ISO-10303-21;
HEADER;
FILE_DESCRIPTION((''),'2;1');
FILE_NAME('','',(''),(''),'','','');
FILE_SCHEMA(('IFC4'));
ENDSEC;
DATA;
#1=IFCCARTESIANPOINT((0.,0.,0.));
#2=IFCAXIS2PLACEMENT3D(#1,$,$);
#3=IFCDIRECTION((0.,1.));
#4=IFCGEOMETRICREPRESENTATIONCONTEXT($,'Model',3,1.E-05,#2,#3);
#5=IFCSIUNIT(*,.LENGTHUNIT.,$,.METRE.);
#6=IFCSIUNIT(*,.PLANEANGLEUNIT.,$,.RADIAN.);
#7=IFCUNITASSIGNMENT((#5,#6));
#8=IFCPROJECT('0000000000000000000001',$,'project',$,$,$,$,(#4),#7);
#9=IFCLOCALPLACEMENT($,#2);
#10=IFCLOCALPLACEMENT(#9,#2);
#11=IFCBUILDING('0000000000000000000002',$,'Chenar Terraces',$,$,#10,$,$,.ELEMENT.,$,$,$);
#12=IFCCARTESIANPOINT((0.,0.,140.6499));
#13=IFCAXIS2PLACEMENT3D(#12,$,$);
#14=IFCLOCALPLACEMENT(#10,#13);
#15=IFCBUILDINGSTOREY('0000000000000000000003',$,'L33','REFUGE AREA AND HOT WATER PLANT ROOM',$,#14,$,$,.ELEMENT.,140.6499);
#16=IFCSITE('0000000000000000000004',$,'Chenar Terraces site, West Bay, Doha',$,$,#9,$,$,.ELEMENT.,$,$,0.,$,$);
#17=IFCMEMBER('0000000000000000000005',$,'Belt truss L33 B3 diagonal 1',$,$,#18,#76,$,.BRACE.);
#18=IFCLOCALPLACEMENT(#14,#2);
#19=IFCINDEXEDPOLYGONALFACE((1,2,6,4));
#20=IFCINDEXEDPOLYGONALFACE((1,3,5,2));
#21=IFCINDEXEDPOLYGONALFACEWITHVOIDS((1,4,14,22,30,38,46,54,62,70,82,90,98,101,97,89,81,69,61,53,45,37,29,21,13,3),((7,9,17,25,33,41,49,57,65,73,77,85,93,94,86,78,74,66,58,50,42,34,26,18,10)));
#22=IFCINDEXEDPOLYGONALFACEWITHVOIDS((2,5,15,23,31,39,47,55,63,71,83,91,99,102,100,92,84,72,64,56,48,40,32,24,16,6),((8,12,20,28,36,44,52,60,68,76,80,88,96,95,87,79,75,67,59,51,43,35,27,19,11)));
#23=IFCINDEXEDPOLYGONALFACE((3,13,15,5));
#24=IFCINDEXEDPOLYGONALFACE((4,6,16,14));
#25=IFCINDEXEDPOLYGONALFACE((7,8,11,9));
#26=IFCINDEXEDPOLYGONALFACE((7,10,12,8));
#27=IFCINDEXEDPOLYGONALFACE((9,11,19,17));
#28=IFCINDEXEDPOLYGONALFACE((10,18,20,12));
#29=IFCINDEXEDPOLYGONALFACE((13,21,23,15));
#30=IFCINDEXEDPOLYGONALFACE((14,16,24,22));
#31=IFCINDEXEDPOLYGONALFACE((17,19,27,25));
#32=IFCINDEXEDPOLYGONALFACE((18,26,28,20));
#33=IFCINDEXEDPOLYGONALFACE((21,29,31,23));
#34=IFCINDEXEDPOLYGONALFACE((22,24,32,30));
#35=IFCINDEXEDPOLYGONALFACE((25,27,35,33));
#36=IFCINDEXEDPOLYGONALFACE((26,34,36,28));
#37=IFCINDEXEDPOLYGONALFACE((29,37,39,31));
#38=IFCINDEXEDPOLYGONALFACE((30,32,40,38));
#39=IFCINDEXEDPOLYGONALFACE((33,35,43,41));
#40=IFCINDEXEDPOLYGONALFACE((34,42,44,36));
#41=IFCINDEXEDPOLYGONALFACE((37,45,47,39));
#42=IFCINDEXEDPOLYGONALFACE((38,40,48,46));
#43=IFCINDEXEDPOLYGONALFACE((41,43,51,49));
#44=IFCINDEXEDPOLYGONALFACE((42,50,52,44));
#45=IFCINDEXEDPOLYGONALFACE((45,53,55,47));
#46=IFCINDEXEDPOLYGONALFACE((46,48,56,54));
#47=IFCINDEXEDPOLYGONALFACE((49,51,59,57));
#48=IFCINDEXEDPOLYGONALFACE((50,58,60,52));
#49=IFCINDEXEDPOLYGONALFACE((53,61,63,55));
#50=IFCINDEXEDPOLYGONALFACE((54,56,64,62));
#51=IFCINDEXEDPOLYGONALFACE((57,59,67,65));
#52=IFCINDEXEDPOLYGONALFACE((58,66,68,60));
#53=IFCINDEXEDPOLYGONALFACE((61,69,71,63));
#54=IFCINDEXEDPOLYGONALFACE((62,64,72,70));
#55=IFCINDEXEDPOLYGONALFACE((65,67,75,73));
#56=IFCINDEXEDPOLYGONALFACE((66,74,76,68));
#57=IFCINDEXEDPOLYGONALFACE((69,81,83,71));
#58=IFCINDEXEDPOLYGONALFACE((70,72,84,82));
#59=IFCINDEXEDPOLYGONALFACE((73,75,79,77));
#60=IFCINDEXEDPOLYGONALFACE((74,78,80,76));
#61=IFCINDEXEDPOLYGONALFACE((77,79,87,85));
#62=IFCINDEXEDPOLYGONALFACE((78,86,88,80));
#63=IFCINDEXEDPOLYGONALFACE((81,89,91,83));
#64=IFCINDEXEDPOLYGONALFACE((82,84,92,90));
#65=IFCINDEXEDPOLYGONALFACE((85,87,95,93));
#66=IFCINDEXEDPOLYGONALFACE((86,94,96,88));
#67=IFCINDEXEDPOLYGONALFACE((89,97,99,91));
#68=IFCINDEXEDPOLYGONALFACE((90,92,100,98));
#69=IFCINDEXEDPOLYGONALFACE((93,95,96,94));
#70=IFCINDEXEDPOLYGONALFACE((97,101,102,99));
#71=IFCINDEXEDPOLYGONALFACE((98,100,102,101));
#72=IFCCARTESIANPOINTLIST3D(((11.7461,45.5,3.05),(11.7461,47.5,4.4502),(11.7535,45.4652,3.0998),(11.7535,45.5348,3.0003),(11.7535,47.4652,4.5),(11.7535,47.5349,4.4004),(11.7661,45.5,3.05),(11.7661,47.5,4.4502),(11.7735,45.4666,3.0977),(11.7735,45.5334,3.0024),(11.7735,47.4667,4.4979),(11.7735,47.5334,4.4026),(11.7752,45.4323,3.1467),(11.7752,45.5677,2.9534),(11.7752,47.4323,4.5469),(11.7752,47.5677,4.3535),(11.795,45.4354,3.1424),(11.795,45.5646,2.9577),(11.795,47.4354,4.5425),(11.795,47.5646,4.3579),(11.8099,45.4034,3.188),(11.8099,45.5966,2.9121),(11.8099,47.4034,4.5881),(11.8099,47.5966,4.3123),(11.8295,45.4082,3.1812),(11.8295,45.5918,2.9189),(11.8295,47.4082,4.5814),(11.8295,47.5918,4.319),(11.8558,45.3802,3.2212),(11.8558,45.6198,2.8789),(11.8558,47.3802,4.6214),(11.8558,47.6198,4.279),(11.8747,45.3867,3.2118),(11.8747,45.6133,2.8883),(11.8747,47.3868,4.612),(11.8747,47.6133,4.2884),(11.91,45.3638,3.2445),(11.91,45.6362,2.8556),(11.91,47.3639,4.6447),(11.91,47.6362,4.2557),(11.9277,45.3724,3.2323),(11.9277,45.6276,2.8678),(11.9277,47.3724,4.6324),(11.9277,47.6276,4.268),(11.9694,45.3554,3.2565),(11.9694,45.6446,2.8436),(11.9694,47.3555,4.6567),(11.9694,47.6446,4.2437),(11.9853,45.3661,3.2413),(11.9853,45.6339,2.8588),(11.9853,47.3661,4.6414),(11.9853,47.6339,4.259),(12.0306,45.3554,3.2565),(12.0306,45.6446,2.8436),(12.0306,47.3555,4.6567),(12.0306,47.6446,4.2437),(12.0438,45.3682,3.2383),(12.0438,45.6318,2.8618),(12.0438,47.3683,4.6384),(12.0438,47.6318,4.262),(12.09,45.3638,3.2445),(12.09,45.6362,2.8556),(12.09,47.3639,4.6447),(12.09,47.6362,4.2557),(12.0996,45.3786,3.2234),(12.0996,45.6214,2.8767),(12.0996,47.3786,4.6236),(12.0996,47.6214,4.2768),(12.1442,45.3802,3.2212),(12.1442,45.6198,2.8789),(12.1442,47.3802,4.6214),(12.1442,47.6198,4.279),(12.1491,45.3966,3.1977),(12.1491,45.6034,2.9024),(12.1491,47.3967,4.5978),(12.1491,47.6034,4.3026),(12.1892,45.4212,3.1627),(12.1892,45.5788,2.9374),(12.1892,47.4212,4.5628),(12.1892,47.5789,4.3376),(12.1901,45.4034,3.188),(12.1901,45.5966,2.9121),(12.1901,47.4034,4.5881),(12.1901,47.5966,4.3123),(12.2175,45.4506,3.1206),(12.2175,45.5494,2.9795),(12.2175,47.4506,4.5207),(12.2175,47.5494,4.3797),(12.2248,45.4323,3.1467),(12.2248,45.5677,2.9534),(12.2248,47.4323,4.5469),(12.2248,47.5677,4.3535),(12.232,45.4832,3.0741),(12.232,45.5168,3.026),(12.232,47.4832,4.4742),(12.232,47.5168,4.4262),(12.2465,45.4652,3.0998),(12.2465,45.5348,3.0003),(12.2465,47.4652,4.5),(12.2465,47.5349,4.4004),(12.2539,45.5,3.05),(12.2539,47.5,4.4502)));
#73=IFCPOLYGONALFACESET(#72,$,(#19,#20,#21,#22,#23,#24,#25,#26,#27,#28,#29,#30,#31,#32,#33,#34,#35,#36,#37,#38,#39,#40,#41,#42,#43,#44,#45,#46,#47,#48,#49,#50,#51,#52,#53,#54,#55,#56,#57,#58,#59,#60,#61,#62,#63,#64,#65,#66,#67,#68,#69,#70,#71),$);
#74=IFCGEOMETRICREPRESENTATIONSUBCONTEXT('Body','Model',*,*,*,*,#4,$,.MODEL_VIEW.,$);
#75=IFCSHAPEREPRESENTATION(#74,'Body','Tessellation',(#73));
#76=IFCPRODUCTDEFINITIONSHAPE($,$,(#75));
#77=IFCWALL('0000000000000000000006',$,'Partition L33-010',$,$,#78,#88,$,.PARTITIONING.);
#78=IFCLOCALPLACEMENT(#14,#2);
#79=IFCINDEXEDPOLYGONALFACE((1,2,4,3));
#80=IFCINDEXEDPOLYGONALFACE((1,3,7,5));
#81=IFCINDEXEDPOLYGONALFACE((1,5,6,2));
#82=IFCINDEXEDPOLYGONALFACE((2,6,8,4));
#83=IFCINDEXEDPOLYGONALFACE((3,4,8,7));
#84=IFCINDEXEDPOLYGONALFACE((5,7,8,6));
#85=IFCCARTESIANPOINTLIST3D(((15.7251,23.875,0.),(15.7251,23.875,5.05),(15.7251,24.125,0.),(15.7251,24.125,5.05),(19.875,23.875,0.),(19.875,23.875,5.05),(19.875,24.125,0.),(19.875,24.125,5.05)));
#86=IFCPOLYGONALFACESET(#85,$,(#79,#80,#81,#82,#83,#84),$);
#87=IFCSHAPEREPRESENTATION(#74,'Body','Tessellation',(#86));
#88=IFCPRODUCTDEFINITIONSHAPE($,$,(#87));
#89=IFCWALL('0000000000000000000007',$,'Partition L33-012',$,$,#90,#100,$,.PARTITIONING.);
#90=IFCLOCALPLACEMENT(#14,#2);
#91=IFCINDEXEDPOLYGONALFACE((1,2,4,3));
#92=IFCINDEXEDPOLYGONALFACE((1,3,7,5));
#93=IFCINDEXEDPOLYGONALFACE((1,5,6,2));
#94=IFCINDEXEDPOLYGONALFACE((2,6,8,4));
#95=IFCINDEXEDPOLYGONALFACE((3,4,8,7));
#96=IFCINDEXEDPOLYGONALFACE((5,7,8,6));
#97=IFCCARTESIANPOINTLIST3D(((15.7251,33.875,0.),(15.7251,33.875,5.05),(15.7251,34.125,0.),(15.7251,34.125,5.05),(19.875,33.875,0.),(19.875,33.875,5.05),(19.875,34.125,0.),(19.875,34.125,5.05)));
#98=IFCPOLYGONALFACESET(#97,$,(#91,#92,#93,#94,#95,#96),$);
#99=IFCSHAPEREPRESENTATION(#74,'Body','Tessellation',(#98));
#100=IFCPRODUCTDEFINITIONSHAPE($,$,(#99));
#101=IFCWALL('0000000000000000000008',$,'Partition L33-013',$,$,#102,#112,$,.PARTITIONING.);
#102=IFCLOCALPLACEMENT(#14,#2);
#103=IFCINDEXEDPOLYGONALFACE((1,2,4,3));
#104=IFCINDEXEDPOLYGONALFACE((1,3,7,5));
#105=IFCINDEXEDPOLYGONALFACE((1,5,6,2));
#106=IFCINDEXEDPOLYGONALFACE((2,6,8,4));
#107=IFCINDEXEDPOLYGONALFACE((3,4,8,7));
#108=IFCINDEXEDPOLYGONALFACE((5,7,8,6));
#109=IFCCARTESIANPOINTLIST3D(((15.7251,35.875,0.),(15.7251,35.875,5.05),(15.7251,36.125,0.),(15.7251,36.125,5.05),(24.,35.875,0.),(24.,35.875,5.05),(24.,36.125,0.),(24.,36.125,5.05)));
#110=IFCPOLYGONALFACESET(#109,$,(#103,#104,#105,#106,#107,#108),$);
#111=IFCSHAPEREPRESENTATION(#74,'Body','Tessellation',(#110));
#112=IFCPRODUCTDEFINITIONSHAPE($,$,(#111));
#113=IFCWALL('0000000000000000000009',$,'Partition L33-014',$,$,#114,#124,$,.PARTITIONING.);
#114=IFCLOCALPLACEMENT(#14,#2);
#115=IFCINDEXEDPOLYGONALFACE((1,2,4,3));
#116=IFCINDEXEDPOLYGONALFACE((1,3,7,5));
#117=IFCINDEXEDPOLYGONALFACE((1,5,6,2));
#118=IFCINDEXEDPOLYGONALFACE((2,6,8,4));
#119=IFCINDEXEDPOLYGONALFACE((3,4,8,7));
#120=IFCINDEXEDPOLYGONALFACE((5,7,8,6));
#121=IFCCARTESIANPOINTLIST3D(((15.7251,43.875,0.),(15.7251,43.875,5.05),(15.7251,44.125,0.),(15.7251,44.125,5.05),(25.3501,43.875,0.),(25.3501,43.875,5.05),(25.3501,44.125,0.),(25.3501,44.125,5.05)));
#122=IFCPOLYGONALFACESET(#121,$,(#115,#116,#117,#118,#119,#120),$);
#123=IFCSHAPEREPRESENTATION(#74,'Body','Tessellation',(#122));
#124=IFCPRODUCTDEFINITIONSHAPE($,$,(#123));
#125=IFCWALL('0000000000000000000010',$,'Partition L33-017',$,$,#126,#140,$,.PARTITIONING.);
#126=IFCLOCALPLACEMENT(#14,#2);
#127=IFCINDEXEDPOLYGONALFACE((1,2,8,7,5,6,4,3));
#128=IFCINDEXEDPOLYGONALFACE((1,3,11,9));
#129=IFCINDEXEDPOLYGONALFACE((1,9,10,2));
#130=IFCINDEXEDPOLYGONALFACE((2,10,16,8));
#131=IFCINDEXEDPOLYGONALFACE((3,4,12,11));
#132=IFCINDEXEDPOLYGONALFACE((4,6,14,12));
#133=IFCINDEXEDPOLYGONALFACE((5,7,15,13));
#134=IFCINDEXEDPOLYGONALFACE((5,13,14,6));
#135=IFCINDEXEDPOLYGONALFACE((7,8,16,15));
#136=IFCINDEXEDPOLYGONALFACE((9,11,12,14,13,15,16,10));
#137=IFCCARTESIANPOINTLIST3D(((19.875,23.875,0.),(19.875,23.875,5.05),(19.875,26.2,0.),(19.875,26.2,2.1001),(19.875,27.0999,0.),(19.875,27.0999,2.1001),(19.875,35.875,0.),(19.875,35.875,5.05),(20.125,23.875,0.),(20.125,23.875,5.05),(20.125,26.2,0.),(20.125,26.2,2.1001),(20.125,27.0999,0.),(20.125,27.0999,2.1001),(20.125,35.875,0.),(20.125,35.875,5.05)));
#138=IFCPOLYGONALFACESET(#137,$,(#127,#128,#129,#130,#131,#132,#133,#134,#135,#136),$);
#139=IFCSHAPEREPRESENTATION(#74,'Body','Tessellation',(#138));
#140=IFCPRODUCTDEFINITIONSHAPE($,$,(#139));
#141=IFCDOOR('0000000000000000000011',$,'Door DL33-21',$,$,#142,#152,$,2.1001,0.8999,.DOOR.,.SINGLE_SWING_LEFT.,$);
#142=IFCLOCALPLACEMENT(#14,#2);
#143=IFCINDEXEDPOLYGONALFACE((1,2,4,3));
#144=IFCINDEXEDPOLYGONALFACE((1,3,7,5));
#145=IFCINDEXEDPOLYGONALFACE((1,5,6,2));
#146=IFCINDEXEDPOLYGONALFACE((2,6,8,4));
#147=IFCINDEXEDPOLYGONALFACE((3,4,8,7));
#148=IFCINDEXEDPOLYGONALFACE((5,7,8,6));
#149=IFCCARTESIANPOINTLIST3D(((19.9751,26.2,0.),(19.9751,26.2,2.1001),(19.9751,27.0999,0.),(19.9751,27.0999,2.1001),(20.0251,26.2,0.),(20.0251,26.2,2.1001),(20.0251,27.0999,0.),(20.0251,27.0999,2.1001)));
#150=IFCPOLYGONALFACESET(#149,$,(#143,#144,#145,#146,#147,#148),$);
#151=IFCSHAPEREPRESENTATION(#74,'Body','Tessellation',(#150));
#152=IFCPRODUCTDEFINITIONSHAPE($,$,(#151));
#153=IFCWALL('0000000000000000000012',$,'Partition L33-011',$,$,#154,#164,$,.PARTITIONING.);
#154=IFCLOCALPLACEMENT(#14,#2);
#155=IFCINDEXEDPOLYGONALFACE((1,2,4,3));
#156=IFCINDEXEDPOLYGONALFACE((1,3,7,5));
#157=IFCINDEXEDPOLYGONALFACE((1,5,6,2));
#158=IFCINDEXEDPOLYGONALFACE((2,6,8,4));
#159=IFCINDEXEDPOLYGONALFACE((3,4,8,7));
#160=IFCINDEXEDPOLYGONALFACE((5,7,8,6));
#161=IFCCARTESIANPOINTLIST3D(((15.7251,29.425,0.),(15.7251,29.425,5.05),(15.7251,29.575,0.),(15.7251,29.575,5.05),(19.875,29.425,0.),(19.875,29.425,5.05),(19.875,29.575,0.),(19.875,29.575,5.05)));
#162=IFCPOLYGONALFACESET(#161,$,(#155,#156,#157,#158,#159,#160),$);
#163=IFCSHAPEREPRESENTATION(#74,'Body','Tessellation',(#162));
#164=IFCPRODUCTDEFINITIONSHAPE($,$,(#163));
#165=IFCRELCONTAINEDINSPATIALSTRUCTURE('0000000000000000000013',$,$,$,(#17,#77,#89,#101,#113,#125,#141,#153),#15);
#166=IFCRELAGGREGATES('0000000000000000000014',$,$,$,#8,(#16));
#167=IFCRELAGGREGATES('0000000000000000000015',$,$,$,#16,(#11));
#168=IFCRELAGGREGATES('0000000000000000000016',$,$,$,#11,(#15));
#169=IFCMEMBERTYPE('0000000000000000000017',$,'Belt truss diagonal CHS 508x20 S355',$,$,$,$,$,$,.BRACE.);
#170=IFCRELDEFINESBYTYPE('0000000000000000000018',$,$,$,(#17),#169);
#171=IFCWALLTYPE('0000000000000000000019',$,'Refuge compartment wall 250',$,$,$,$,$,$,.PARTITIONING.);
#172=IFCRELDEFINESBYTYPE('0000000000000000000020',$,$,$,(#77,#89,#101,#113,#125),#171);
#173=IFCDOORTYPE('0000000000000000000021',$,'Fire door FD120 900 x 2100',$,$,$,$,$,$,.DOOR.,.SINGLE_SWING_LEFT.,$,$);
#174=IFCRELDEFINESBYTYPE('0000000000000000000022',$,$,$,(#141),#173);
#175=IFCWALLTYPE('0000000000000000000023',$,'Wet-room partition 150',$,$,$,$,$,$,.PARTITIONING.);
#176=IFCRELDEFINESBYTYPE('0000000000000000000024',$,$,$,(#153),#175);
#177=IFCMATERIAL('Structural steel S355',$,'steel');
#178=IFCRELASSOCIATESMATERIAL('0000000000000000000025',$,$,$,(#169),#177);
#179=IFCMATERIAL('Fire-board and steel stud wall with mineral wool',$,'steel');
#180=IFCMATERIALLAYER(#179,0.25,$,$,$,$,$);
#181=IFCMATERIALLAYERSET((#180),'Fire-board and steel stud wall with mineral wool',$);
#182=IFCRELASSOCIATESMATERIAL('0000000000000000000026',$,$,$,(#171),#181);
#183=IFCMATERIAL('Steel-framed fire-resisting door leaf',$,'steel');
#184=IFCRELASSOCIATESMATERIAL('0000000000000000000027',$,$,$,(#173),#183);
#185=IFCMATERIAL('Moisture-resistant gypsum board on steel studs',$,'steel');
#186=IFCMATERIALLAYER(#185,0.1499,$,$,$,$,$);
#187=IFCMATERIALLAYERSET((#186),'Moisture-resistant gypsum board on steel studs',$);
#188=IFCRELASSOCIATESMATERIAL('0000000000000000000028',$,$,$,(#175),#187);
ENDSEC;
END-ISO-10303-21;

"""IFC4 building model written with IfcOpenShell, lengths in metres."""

from ifc_helpers import new_model, si_unit, direction, frame, frame_2d, origin, origin_2d, place, context, subcontext, project, spatial, rectangle, hollow_circle, extrude, material, layer, layer_set, material_profile, profile_set, type_object, element, fill, save


model = new_model("IFC4")

# Units and contexts
model_context = context("Model", 3, precision=1e-05, world=origin(), true_north=direction((0.0, 1.0)))
body_context = subcontext(model_context, "Body", "Model", "MODEL_VIEW")
ifc_project = project(units=[si_unit("LENGTHUNIT", "METRE"), si_unit("PLANEANGLEUNIT", "RADIAN")], contexts=[model_context])

# Site, building, storey
site_placement = place(None, origin())
site = spatial("IfcSite", under=ifc_project, at=site_placement, Name="Chenar Terraces site, West Bay, Doha", CompositionType="ELEMENT", RefElevation=0.0)
building_placement = place(site_placement, origin())
building = spatial("IfcBuilding", under=site, at=building_placement, Name="Chenar Terraces", CompositionType="ELEMENT")
storey_placement = place(building_placement, frame((0.0, 0.0, 140.6499)))
storey = spatial("IfcBuildingStorey", under=building, at=storey_placement, Name="L33", Description="REFUGE AREA AND HOT WATER PLANT ROOM", CompositionType="ELEMENT", Elevation=140.6499)

# Member
ifc_material_1 = material(Name="Structural steel S355", Category="steel")
ifc_material_profile_1 = material_profile(ifc_material_1, hollow_circle(Radius=0.2539, WallThickness=0.02, at=origin_2d()), Name="CHS 508x20")
ifc_profile_set_1 = profile_set([ifc_material_profile_1], Name="Structural steel S355")
member_type = type_object("IfcMemberType", Name="Belt truss diagonal CHS 508x20 S355", PredefinedType="BRACE", material=ifc_profile_set_1)
for number, where, z_axis, x_axis, name in (
    (1, (12.0, 45.5, 3.05), (0.0, 0.819204, 0.573503), (-1.0, 0.0, 0.0), "Belt truss L33 B3 diagonal 1"),
):
    element("IfcMember", number, at=place(storey_placement, frame(where, z_axis=z_axis, x_axis=x_axis)), inside=storey, type_object=member_type, Name=name, PredefinedType="BRACE", context=body_context, shape_type="SweptSolid", body=[
        extrude(hollow_circle(Radius=0.2539, WallThickness=0.02, at=origin_2d()), origin(), (0.0, 0.0, 1.0), 2.4414),
    ])

# Walls
ifc_material_2 = material(Name="Fire-board and steel stud wall with mineral wool", Category="steel")
ifc_layer_1 = layer(ifc_material_2, 0.25)
ifc_layer_set_1 = layer_set([ifc_layer_1], Name="Fire-board and steel stud wall with mineral wool")
wall_type_1 = type_object("IfcWallType", Name="Refuge compartment wall 250", PredefinedType="PARTITIONING", material=ifc_layer_set_1)
for number, where, z_axis, x_axis, name in (
    (2, (15.7251, 24.0, 0.0), (0.0, 0.0, 1.0), (1.0, 0.0, 0.0), "Partition L33-010"),
    (3, (15.7251, 34.0, 0.0), (0.0, 0.0, 1.0), (1.0, 0.0, 0.0), "Partition L33-012"),
):
    element("IfcWall", number, at=place(storey_placement, frame(where, z_axis=z_axis, x_axis=x_axis)), inside=storey, type_object=wall_type_1, Name=name, PredefinedType="PARTITIONING", context=body_context, shape_type="SweptSolid", body=[
        extrude(rectangle(XDim=4.1499, YDim=0.25, at=frame_2d((2.075, 0.0))), origin(), (0.0, 0.0, 1.0), 5.05),
    ])
wall_1_placement = place(storey_placement, frame((15.7251, 36.0, 0.0), z_axis=(0.0, 0.0, 1.0), x_axis=(1.0, 0.0, 0.0)))
element("IfcWall", 4, at=wall_1_placement, inside=storey, type_object=wall_type_1, Name="Partition L33-013", PredefinedType="PARTITIONING", context=body_context, shape_type="SweptSolid", body=[
    extrude(rectangle(XDim=8.2749, YDim=0.25, at=frame_2d((4.1375, 0.0))), origin(), (0.0, 0.0, 1.0), 5.05),
])
wall_2_placement = place(storey_placement, frame((15.7251, 44.0, 0.0), z_axis=(0.0, 0.0, 1.0), x_axis=(1.0, 0.0, 0.0)))
element("IfcWall", 5, at=wall_2_placement, inside=storey, type_object=wall_type_1, Name="Partition L33-014", PredefinedType="PARTITIONING", context=body_context, shape_type="SweptSolid", body=[
    extrude(rectangle(XDim=9.625, YDim=0.25, at=frame_2d((4.8125, 0.0))), origin(), (0.0, 0.0, 1.0), 5.05),
])

# Wall, opening, door
wall_3_placement = place(storey_placement, frame((20.0, 23.875, 0.0), z_axis=(0.0, 0.0, 1.0), x_axis=(0.0, 1.0, 0.0)))
wall_3 = element("IfcWall", 6, at=wall_3_placement, inside=storey, type_object=wall_type_1, Name="Partition L33-017", PredefinedType="PARTITIONING", context=body_context, shape_type="SweptSolid", body=[
    extrude(rectangle(XDim=12.0, YDim=0.25, at=frame_2d((6.0, 0.0))), origin(), (0.0, 0.0, 1.0), 5.05),
])
opening_placement = place(wall_3_placement, frame((2.325, 0.0, 0.0)))
opening = element("IfcOpeningElement", 7, at=opening_placement, cuts=wall_3, PredefinedType="OPENING", context=body_context, shape_type="SweptSolid", body=[
    extrude(rectangle(XDim=0.8999, YDim=2.1001, at=frame_2d((0.45, 1.05))), frame((0.0, 0.135, 0.0), z_axis=(0.0, -1.0, 0.0), x_axis=(1.0, 0.0, 0.0)), (0.0, 0.0, 1.0), 0.27),
])
ifc_material_3 = material(Name="Steel-framed fire-resisting door leaf", Category="steel")
door_type = type_object("IfcDoorType", Name="Fire door FD120 900 x 2100", OperationType="SINGLE_SWING_LEFT", PredefinedType="DOOR", material=ifc_material_3)
door_placement = place(opening_placement, origin())
door = element("IfcDoor", 8, at=door_placement, inside=storey, type_object=door_type, Name="Door DL33-21", OperationType="SINGLE_SWING_LEFT", OverallHeight=2.1001, OverallWidth=0.8999, PredefinedType="DOOR", context=body_context, shape_type="SweptSolid", body=[
    extrude(rectangle(XDim=0.8999, YDim=2.1001, at=frame_2d((0.45, 1.05))), frame((0.0, 0.0249, 0.0), z_axis=(0.0, -1.0, 0.0), x_axis=(1.0, 0.0, 0.0)), (0.0, 0.0, 1.0), 0.05),
])
fill(opening, door)

# Wall
ifc_material_4 = material(Name="Moisture-resistant gypsum board on steel studs", Category="steel")
ifc_layer_2 = layer(ifc_material_4, 0.1499)
ifc_layer_set_2 = layer_set([ifc_layer_2], Name="Moisture-resistant gypsum board on steel studs")
wall_type_2 = type_object("IfcWallType", Name="Wet-room partition 150", PredefinedType="PARTITIONING", material=ifc_layer_set_2)
wall_4_placement = place(storey_placement, frame((15.7251, 29.5, 0.0), z_axis=(0.0, 0.0, 1.0), x_axis=(1.0, 0.0, 0.0)))
element("IfcWall", 9, at=wall_4_placement, inside=storey, type_object=wall_type_2, Name="Partition L33-011", PredefinedType="PARTITIONING", context=body_context, shape_type="SweptSolid", body=[
    extrude(rectangle(XDim=4.1499, YDim=0.1499, at=frame_2d((2.075, 0.0))), origin(), (0.0, 0.0, 1.0), 5.05),
])

save(model, "model.ifc")
